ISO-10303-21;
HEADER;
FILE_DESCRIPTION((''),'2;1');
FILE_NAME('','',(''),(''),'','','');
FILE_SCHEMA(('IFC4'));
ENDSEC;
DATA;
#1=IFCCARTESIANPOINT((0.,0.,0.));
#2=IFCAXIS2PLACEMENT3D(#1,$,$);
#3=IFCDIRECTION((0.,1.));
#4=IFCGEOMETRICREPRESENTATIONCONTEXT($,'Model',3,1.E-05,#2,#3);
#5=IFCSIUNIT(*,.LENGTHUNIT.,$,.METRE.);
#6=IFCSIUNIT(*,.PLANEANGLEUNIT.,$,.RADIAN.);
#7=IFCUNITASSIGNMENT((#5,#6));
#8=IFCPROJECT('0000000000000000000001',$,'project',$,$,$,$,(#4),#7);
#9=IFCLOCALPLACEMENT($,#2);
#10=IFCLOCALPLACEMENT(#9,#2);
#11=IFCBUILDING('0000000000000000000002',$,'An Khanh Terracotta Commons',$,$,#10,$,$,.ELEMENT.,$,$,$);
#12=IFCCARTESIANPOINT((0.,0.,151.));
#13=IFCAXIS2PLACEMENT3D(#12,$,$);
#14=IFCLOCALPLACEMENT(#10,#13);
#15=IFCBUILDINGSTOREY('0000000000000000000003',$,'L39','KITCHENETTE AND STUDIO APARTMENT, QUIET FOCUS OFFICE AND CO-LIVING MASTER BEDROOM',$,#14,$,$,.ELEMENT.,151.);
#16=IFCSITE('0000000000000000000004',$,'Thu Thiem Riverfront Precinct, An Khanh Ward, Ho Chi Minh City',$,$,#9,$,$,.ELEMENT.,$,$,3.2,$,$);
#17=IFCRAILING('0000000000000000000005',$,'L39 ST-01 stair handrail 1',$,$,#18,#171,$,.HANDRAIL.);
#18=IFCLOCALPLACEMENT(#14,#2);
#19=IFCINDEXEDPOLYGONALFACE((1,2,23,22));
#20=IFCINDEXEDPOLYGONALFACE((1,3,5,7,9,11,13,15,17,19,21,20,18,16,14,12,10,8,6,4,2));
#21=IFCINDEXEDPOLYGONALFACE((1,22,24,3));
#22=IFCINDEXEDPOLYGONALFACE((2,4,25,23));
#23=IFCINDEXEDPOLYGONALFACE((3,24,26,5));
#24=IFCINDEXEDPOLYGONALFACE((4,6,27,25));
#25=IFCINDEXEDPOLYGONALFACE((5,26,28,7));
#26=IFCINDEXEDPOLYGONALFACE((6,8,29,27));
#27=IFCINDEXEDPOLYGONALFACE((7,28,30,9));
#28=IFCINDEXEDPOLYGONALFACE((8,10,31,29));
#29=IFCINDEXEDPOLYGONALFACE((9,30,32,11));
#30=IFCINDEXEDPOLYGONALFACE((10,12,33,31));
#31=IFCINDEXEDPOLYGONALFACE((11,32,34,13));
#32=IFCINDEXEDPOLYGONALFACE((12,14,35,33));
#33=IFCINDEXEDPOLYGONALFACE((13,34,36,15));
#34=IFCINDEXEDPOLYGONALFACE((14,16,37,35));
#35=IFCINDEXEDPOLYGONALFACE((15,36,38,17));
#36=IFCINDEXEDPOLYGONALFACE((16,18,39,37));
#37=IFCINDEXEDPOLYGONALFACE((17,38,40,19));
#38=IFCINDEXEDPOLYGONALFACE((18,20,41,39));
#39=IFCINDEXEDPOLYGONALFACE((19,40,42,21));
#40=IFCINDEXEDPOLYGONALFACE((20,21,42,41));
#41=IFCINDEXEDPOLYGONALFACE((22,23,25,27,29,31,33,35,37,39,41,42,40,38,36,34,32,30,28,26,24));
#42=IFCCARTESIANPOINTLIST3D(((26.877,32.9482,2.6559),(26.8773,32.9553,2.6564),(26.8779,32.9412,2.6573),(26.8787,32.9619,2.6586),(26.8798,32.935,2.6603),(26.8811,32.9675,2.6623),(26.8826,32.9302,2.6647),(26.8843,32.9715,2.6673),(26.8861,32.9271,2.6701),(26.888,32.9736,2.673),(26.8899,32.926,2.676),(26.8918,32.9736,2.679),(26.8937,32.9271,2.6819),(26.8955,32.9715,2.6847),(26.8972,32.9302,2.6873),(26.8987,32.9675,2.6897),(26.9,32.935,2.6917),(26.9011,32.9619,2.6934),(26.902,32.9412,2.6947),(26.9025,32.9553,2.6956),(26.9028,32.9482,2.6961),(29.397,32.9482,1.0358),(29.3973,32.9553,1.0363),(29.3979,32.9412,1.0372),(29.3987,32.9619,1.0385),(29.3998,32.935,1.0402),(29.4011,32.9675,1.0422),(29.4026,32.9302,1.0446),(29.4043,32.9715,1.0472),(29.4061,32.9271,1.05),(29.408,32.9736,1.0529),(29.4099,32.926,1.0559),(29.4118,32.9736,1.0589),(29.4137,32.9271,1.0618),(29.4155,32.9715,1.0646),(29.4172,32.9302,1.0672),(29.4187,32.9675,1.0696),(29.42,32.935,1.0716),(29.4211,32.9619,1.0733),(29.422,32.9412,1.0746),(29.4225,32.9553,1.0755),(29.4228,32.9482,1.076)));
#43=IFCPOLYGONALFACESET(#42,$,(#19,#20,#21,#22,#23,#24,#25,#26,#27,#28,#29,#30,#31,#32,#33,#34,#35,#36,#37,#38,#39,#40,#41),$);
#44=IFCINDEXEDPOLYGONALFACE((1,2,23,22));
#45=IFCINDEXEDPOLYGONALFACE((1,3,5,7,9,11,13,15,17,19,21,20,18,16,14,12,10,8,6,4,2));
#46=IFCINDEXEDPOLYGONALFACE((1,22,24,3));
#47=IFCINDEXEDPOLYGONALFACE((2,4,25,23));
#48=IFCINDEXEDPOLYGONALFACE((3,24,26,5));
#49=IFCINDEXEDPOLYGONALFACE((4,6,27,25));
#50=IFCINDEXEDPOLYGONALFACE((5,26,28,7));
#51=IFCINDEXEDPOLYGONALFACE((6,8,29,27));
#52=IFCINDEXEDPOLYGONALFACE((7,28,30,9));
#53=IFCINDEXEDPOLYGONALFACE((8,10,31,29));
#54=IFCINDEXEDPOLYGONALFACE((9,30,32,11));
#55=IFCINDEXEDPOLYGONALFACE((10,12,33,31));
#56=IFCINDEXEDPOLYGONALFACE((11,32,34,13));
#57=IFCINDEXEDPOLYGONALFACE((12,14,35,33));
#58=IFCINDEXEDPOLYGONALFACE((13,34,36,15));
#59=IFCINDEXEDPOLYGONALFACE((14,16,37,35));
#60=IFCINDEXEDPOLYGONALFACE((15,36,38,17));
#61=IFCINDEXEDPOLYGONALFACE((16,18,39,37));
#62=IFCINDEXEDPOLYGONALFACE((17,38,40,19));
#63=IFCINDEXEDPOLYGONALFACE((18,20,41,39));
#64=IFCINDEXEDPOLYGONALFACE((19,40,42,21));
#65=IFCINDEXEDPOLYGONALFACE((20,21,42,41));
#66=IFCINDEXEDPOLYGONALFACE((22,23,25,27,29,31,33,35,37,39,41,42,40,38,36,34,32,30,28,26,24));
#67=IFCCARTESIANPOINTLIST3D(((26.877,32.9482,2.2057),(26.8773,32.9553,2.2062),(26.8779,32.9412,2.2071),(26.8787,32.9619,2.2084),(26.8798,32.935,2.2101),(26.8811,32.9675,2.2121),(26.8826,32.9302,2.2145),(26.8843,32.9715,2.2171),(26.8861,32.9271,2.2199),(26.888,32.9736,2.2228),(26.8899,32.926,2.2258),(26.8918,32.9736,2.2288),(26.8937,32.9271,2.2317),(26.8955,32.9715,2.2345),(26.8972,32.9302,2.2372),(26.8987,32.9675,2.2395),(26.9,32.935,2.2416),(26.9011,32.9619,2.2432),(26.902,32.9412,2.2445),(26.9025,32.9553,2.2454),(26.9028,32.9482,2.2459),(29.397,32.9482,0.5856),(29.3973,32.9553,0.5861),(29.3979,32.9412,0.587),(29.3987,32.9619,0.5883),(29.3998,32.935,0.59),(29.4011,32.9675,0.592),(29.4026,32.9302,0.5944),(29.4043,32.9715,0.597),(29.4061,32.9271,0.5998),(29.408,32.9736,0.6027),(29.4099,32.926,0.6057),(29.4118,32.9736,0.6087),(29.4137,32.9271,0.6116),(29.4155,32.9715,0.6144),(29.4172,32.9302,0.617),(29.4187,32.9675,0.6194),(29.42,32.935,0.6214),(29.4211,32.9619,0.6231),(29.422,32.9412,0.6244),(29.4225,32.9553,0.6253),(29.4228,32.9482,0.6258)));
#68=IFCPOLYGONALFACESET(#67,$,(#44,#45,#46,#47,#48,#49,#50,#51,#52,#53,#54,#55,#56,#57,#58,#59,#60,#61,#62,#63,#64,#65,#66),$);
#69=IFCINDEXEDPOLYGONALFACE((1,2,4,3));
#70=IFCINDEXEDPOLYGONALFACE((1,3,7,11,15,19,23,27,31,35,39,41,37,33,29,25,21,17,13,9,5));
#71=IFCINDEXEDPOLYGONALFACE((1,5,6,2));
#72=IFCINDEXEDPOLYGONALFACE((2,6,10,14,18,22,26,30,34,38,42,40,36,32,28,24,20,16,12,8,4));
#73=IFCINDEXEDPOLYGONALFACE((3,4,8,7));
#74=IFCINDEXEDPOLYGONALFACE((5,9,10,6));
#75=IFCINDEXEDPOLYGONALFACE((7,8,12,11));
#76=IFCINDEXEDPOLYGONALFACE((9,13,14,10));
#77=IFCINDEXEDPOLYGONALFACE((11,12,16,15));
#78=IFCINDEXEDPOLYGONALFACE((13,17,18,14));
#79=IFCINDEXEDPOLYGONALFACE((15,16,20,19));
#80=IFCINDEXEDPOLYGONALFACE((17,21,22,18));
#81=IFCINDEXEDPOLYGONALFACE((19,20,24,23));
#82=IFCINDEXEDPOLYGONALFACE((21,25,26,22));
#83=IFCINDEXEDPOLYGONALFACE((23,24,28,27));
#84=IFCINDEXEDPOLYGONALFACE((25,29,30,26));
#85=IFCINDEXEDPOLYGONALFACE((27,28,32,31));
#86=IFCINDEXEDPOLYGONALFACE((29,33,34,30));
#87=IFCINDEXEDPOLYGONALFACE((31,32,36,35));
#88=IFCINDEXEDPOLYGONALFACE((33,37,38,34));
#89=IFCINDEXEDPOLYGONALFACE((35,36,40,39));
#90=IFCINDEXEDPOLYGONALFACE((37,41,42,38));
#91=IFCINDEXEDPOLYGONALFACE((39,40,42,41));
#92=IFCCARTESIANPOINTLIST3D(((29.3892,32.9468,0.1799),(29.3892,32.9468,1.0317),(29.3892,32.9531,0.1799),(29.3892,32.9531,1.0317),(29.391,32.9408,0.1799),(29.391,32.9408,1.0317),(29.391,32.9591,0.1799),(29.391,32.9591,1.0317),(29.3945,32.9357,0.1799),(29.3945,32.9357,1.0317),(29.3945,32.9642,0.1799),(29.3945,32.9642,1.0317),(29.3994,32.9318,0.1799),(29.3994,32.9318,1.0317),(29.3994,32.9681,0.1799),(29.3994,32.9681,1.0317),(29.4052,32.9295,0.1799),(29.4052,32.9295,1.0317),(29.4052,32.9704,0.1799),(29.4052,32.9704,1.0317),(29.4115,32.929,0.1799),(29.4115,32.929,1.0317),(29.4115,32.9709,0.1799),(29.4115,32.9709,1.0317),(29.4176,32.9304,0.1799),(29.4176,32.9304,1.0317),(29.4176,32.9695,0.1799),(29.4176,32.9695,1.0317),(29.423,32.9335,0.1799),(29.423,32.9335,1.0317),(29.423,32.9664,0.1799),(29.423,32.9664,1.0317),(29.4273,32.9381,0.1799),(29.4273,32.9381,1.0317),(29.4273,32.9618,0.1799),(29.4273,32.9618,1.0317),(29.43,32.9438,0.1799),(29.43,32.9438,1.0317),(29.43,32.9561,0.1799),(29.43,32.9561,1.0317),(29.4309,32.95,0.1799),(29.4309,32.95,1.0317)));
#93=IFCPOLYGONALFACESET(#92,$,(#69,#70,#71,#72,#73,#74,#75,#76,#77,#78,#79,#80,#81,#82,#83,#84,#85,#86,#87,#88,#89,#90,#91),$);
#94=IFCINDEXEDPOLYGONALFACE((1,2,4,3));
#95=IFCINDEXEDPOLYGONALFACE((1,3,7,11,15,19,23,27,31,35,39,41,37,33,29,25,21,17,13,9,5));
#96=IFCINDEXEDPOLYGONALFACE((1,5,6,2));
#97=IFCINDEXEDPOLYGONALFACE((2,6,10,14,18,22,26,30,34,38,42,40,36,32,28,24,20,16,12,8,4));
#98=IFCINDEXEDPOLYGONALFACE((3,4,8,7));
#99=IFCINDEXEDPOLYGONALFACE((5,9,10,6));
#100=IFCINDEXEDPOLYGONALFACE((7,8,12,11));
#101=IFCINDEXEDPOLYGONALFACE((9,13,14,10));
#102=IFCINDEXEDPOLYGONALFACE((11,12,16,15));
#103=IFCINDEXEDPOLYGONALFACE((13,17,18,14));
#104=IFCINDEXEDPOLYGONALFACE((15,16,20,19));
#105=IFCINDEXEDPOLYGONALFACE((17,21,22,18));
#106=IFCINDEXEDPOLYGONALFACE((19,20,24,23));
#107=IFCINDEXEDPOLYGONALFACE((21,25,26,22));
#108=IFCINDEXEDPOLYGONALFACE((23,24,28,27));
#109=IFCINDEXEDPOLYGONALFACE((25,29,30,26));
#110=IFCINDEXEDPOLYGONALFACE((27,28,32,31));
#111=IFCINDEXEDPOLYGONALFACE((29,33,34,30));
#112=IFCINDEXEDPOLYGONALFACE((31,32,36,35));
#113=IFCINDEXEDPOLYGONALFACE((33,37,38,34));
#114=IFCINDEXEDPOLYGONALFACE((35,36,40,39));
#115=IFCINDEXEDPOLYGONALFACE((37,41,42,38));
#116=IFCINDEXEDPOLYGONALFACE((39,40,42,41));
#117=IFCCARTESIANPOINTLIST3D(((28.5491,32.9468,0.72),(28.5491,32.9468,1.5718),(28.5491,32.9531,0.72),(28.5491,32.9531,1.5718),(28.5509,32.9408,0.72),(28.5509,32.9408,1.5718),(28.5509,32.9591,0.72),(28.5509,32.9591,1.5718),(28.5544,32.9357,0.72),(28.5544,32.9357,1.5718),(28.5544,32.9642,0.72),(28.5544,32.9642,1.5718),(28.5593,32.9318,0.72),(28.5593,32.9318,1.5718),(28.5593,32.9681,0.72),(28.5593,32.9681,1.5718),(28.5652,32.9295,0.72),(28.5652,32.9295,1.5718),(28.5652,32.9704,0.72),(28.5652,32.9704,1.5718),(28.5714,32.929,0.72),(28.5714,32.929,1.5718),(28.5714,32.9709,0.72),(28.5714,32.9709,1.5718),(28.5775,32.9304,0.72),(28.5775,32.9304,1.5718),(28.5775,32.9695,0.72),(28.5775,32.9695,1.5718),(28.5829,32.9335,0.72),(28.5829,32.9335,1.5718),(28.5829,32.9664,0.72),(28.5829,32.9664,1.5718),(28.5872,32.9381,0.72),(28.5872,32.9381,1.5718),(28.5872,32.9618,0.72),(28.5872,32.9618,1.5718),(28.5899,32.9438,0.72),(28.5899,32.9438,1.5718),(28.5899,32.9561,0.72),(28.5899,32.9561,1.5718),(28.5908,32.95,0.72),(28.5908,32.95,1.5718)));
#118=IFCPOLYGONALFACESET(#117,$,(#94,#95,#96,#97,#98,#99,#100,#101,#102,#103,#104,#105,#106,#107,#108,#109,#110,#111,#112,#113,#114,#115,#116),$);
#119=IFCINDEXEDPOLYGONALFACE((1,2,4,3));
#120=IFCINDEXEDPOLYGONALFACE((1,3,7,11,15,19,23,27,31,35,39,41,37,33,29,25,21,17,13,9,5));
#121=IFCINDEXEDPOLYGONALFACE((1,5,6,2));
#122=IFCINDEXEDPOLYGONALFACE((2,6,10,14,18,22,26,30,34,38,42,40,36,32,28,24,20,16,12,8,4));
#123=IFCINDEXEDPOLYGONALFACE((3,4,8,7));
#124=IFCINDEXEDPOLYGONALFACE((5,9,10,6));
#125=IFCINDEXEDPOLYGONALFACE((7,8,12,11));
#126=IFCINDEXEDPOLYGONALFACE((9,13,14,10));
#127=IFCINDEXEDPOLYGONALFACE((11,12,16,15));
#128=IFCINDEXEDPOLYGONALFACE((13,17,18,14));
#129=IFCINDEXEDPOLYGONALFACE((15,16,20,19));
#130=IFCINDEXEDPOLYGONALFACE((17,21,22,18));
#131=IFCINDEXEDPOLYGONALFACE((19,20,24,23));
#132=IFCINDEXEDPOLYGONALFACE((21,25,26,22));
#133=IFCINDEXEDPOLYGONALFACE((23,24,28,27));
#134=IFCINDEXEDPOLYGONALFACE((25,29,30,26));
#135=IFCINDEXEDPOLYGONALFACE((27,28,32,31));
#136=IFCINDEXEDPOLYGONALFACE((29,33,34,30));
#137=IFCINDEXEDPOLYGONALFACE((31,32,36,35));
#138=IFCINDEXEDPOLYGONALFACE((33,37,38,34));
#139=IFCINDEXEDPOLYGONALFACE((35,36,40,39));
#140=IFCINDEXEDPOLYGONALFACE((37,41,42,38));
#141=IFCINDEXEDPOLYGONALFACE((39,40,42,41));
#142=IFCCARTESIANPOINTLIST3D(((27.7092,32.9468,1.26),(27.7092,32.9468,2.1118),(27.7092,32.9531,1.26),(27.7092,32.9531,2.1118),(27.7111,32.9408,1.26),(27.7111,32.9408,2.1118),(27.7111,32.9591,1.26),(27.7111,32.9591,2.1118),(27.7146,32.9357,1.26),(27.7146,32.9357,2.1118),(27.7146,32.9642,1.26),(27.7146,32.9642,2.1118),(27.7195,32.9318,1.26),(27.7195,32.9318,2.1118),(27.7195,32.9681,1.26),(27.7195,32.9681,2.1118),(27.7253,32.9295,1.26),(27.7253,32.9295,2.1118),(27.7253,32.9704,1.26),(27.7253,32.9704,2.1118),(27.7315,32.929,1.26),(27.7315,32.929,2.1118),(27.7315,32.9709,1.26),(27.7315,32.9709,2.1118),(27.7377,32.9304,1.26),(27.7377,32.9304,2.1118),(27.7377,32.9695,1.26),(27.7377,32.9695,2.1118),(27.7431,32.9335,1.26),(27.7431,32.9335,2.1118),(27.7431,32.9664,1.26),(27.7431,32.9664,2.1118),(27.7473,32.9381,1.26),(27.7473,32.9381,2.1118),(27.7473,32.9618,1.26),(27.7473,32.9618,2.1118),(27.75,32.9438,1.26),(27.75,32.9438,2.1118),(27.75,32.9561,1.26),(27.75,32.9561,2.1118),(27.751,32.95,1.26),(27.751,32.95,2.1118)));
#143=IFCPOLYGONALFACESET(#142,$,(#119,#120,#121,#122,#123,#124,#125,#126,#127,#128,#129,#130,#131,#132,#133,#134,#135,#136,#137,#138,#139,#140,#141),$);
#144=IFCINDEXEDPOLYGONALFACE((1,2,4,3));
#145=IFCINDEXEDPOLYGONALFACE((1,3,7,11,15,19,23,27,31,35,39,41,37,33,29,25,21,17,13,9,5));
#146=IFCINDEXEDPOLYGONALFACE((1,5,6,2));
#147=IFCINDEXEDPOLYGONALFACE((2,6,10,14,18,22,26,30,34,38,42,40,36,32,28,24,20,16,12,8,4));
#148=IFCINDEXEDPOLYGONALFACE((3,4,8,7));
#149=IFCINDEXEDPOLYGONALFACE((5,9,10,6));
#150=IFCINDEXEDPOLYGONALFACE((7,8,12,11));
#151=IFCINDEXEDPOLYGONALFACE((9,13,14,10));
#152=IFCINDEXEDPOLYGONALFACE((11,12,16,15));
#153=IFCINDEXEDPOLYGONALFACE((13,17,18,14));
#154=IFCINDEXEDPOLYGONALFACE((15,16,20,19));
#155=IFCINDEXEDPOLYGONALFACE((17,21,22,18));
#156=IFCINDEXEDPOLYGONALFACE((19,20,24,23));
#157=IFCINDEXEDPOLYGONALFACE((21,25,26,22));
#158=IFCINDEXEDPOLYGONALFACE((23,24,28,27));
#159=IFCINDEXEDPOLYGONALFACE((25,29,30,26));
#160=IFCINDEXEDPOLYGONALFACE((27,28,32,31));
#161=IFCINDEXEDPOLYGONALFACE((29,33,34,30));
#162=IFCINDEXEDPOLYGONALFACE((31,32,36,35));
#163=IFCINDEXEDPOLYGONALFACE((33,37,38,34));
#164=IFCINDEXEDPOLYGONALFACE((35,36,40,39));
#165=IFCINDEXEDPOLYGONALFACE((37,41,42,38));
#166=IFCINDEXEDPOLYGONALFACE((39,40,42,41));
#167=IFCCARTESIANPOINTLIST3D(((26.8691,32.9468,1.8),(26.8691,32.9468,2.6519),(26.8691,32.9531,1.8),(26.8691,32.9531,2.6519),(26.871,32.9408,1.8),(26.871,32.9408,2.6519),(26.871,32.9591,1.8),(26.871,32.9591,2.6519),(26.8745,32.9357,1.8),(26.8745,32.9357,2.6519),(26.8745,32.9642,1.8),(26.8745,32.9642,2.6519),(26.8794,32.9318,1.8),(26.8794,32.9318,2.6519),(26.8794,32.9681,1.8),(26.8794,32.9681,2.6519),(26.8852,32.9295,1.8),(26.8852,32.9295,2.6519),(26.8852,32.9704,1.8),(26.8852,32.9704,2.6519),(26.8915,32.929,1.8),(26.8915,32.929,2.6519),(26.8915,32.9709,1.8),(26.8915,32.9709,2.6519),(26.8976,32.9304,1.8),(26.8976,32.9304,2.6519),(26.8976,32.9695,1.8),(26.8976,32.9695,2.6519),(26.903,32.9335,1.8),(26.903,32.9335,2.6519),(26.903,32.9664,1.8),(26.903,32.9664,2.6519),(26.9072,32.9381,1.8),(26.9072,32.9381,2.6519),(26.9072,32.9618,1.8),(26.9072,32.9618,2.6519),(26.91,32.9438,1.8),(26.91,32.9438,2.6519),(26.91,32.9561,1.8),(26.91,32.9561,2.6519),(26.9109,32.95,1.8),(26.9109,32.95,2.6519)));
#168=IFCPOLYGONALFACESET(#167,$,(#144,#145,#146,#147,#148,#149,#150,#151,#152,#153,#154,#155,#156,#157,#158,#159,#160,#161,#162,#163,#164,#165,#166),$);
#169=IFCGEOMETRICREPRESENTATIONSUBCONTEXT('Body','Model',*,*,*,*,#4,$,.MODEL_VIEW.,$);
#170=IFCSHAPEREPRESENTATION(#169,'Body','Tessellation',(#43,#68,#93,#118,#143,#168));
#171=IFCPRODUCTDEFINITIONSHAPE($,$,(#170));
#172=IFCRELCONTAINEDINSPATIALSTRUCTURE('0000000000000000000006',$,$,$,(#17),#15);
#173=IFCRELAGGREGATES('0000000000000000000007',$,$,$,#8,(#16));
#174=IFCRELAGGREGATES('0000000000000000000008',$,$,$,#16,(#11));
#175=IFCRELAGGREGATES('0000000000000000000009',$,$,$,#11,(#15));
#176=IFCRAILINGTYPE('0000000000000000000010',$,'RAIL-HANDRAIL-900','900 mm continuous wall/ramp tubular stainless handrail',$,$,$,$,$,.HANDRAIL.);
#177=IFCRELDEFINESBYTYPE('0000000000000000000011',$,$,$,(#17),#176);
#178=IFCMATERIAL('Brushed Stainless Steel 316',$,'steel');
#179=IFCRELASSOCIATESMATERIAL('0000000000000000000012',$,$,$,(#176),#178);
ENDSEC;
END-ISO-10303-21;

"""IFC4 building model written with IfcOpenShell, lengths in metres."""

from ifc_helpers import new_model, si_unit, direction, frame, origin, origin_2d, place, context, subcontext, project, spatial, circle, extrude, material, type_object, element, save


model = new_model("IFC4")

# Units and contexts
model_context = context("Model", 3, precision=1e-05, world=origin(), true_north=direction((0.0, 1.0)))
body_context = subcontext(model_context, "Body", "Model", "MODEL_VIEW")
ifc_project = project(units=[si_unit("LENGTHUNIT", "METRE"), si_unit("PLANEANGLEUNIT", "RADIAN")], contexts=[model_context])

# Site, building, storey
site_placement = place(None, origin())
site = spatial("IfcSite", under=ifc_project, at=site_placement, Name="Thu Thiem Riverfront Precinct, An Khanh Ward, Ho Chi Minh City", CompositionType="ELEMENT", RefElevation=3.2)
building_placement = place(site_placement, origin())
building = spatial("IfcBuilding", under=site, at=building_placement, Name="An Khanh Terracotta Commons", CompositionType="ELEMENT")
storey_placement = place(building_placement, frame((0.0, 0.0, 151.0)))
storey = spatial("IfcBuildingStorey", under=building, at=storey_placement, Name="L39", Description="KITCHENETTE AND STUDIO APARTMENT, QUIET FOCUS OFFICE AND CO-LIVING MASTER BEDROOM", CompositionType="ELEMENT", Elevation=151.0)

# Railing
ifc_material_1 = material(Name="Brushed Stainless Steel 316", Category="steel")
railing_type_1 = type_object("IfcRailingType", Name="RAIL-HANDRAIL-900", Description="900 mm continuous wall/ramp tubular stainless handrail", PredefinedType="HANDRAIL", material=ifc_material_1)
railing_1_placement = place(storey_placement, frame((29.4099, 32.95, 0.1799)))
element("IfcRailing", 1, at=railing_1_placement, inside=storey, type_object=railing_type_1, Name="L39 ST-01 stair handrail 1", PredefinedType="HANDRAIL", context=body_context, shape_type="SweptSolid", body=[
    extrude(circle(Radius=0.0239, at=origin_2d()), frame((0.0, 0.0, 0.876), z_axis=(-0.841163, 0.0, 0.540782), x_axis=(0.0, -1.0, 0.0)), (0.0, 0.0, 1.0), 2.9958),
    extrude(circle(Radius=0.0239, at=origin_2d()), frame((0.0, 0.0, 0.4258), z_axis=(-0.841163, 0.0, 0.540782), x_axis=(0.0, -1.0, 0.0)), (0.0, 0.0, 1.0), 2.9958),
    extrude(circle(Radius=0.021, at=origin_2d()), origin(), (0.0, 0.0, 1.0), 0.8518),
    extrude(circle(Radius=0.021, at=origin_2d()), frame((-0.8401, 0.0, 0.54)), (0.0, 0.0, 1.0), 0.8518),
    extrude(circle(Radius=0.021, at=origin_2d()), frame((-1.6799, 0.0, 1.0801)), (0.0, 0.0, 1.0), 0.8518),
    extrude(circle(Radius=0.021, at=origin_2d()), frame((-2.52, 0.0, 1.6201)), (0.0, 0.0, 1.0), 0.8518),
])

save(model, "model.ifc")
